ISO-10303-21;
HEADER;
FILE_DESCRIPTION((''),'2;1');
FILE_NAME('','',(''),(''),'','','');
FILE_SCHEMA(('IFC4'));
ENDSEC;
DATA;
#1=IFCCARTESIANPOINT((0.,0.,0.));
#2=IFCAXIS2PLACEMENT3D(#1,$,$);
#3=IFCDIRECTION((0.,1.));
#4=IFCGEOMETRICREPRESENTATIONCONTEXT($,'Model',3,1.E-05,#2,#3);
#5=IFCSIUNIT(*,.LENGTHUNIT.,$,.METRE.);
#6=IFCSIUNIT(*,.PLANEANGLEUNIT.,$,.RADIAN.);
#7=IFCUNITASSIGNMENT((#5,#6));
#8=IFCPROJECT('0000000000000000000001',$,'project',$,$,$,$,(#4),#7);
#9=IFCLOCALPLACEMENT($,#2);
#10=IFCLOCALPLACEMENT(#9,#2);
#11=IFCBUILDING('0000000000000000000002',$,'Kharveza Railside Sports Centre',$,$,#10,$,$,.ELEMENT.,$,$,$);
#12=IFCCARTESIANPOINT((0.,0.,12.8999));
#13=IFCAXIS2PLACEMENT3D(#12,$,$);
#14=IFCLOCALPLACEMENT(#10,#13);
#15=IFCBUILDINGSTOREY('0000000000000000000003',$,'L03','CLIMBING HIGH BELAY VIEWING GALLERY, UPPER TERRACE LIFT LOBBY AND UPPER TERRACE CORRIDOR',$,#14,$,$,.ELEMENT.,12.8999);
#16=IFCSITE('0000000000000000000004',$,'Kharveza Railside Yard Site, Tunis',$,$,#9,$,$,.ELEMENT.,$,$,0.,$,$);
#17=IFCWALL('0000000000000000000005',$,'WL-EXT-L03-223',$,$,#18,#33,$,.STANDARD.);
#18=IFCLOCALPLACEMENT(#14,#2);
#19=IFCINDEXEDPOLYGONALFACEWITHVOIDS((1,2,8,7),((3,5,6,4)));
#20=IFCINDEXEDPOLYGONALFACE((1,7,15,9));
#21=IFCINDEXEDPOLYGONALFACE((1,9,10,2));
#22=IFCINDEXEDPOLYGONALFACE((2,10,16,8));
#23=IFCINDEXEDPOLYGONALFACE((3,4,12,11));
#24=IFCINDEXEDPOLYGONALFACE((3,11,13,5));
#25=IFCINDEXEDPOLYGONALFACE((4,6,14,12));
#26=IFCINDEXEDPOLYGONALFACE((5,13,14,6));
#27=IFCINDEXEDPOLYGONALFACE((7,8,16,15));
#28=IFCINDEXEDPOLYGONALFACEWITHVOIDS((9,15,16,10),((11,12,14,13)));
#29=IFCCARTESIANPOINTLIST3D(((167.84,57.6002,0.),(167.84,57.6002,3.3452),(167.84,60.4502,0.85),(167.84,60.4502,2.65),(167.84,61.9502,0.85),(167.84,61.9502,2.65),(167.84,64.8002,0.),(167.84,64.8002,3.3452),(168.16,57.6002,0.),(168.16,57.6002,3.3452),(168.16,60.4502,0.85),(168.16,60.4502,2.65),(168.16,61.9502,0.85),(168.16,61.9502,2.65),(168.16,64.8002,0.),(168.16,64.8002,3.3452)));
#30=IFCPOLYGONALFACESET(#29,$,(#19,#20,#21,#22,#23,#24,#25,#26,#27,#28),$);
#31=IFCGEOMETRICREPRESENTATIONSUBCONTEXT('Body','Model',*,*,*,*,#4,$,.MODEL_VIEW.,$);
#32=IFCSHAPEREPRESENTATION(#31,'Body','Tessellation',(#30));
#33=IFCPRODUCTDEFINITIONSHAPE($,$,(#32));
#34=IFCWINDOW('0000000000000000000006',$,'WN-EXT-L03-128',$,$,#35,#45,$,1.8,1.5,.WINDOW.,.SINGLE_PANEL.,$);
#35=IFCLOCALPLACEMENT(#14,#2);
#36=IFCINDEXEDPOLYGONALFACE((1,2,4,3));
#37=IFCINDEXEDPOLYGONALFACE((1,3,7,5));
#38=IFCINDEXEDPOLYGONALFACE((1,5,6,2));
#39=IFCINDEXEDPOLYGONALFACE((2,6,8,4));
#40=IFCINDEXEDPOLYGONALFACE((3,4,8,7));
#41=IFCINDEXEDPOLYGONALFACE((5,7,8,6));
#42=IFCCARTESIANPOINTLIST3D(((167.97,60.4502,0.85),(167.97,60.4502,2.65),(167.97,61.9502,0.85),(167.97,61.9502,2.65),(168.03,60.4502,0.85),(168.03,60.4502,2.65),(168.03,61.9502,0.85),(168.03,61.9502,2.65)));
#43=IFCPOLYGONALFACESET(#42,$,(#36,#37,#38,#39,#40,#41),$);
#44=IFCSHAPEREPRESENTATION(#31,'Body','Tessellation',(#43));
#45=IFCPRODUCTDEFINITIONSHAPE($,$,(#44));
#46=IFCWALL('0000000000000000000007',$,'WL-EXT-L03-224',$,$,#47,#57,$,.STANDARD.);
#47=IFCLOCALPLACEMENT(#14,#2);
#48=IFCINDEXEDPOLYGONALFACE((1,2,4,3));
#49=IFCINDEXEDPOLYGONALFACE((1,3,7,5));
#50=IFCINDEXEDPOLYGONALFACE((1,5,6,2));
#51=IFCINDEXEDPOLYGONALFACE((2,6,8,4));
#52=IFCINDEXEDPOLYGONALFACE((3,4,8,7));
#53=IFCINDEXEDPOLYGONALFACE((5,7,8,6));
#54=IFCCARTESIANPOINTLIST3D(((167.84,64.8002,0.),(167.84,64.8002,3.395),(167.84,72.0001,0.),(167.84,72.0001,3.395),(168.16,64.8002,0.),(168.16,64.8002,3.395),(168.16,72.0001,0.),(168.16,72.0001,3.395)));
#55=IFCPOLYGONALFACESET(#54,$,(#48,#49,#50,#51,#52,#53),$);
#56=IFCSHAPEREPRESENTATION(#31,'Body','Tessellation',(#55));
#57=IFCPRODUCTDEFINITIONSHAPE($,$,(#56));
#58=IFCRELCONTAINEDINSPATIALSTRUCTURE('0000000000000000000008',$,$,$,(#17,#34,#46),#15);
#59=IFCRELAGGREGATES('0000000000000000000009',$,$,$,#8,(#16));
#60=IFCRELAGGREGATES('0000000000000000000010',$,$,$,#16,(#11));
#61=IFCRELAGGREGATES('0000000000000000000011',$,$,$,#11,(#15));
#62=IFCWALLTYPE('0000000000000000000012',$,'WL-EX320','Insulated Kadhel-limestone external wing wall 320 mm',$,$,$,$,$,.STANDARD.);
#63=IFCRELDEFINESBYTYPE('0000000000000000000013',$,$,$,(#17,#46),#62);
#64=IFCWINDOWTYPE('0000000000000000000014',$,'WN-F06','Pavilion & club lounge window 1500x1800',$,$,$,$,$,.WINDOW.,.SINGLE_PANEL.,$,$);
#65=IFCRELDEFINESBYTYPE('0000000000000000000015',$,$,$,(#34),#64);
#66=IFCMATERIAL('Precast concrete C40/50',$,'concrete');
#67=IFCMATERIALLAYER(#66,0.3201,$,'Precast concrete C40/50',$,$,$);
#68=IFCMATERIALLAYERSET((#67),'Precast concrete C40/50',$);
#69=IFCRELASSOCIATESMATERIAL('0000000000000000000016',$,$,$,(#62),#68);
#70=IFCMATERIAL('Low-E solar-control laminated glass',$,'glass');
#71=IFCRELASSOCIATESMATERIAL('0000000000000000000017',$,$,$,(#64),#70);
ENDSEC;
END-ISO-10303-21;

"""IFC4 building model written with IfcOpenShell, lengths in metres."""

from ifc_helpers import new_model, si_unit, direction, frame, frame_2d, origin, place, context, subcontext, project, spatial, rectangle, extrude, material, layer, layer_set, type_object, element, fill, save


model = new_model("IFC4")

# Units and contexts
model_context = context("Model", 3, precision=1e-05, world=origin(), true_north=direction((0.0, 1.0)))
body_context = subcontext(model_context, "Body", "Model", "MODEL_VIEW")
ifc_project = project(units=[si_unit("LENGTHUNIT", "METRE"), si_unit("PLANEANGLEUNIT", "RADIAN")], contexts=[model_context])

# Site, building, storey
site_placement = place(None, origin())
site = spatial("IfcSite", under=ifc_project, at=site_placement, Name="Kharveza Railside Yard Site, Tunis", CompositionType="ELEMENT", RefElevation=0.0)
building_placement = place(site_placement, origin())
building = spatial("IfcBuilding", under=site, at=building_placement, Name="Kharveza Railside Sports Centre", CompositionType="ELEMENT")
storey_placement = place(building_placement, frame((0.0, 0.0, 12.8999)))
storey = spatial("IfcBuildingStorey", under=building, at=storey_placement, Name="L03", Description="CLIMBING HIGH BELAY VIEWING GALLERY, UPPER TERRACE LIFT LOBBY AND UPPER TERRACE CORRIDOR", CompositionType="ELEMENT", Elevation=12.8999)

# Shared definitions
ifc_material_1 = material(Name="Low-E solar-control laminated glass", Category="glass")

# Wall, opening, window
ifc_material_2 = material(Name="Precast concrete C40/50", Category="concrete")
ifc_layer_1 = layer(ifc_material_2, 0.3201, Name="Precast concrete C40/50")
ifc_layer_set_1 = layer_set([ifc_layer_1], Name="Precast concrete C40/50")
wall_type = type_object("IfcWallType", Name="WL-EX320", Description="Insulated Kadhel-limestone external wing wall 320 mm", PredefinedType="STANDARD", material=ifc_layer_set_1)
wall_1_placement = place(storey_placement, frame((168.0, 57.6001, 0.0), z_axis=(0.0, 0.0, 1.0), x_axis=(0.0, 1.0, 0.0)))
wall_1 = element("IfcWall", 1, at=wall_1_placement, inside=storey, type_object=wall_type, Name="WL-EXT-L03-223", PredefinedType="STANDARD", context=body_context, shape_type="SweptSolid", body=[
    extrude(rectangle(XDim=7.2, YDim=0.3201, at=frame_2d((3.6001, 0.0))), origin(), (0.0, 0.0, 1.0), 3.3452),
])
opening_placement = place(wall_1_placement, frame((2.8501, 0.0, 0.8501)))
opening = element("IfcOpeningElement", 2, at=opening_placement, cuts=wall_1, PredefinedType="OPENING", context=body_context, shape_type="SweptSolid", body=[
    extrude(rectangle(XDim=1.5, YDim=1.8, at=frame_2d((0.75, 0.8999))), frame((0.0, 0.1851, 0.0), z_axis=(0.0, -1.0, 0.0), x_axis=(1.0, 0.0, 0.0)), (0.0, 0.0, 1.0), 0.3699),
])
window_type = type_object("IfcWindowType", Name="WN-F06", Description="Pavilion & club lounge window 1500x1800", PartitioningType="SINGLE_PANEL", PredefinedType="WINDOW", material=ifc_material_1)
window_placement = place(opening_placement, origin())
window = element("IfcWindow", 3, at=window_placement, inside=storey, type_object=window_type, Name="WN-EXT-L03-128", OverallHeight=1.8, OverallWidth=1.5, PartitioningType="SINGLE_PANEL", PredefinedType="WINDOW", context=body_context, shape_type="SweptSolid", body=[
    extrude(rectangle(XDim=1.5, YDim=1.8, at=frame_2d((0.75, 0.8999))), frame((0.0, 0.03, 0.0), z_axis=(0.0, -1.0, 0.0), x_axis=(1.0, 0.0, 0.0)), (0.0, 0.0, 1.0), 0.0601),
])
fill(opening, window)

# Wall
wall_2_placement = place(storey_placement, frame((168.0, 64.8, 0.0), z_axis=(0.0, 0.0, 1.0), x_axis=(0.0, 1.0, 0.0)))
element("IfcWall", 4, at=wall_2_placement, inside=storey, type_object=wall_type, Name="WL-EXT-L03-224", PredefinedType="STANDARD", context=body_context, shape_type="SweptSolid", body=[
    extrude(rectangle(XDim=7.2, YDim=0.3201, at=frame_2d((3.6001, 0.0))), origin(), (0.0, 0.0, 1.0), 3.395),
])

save(model, "model.ifc")
